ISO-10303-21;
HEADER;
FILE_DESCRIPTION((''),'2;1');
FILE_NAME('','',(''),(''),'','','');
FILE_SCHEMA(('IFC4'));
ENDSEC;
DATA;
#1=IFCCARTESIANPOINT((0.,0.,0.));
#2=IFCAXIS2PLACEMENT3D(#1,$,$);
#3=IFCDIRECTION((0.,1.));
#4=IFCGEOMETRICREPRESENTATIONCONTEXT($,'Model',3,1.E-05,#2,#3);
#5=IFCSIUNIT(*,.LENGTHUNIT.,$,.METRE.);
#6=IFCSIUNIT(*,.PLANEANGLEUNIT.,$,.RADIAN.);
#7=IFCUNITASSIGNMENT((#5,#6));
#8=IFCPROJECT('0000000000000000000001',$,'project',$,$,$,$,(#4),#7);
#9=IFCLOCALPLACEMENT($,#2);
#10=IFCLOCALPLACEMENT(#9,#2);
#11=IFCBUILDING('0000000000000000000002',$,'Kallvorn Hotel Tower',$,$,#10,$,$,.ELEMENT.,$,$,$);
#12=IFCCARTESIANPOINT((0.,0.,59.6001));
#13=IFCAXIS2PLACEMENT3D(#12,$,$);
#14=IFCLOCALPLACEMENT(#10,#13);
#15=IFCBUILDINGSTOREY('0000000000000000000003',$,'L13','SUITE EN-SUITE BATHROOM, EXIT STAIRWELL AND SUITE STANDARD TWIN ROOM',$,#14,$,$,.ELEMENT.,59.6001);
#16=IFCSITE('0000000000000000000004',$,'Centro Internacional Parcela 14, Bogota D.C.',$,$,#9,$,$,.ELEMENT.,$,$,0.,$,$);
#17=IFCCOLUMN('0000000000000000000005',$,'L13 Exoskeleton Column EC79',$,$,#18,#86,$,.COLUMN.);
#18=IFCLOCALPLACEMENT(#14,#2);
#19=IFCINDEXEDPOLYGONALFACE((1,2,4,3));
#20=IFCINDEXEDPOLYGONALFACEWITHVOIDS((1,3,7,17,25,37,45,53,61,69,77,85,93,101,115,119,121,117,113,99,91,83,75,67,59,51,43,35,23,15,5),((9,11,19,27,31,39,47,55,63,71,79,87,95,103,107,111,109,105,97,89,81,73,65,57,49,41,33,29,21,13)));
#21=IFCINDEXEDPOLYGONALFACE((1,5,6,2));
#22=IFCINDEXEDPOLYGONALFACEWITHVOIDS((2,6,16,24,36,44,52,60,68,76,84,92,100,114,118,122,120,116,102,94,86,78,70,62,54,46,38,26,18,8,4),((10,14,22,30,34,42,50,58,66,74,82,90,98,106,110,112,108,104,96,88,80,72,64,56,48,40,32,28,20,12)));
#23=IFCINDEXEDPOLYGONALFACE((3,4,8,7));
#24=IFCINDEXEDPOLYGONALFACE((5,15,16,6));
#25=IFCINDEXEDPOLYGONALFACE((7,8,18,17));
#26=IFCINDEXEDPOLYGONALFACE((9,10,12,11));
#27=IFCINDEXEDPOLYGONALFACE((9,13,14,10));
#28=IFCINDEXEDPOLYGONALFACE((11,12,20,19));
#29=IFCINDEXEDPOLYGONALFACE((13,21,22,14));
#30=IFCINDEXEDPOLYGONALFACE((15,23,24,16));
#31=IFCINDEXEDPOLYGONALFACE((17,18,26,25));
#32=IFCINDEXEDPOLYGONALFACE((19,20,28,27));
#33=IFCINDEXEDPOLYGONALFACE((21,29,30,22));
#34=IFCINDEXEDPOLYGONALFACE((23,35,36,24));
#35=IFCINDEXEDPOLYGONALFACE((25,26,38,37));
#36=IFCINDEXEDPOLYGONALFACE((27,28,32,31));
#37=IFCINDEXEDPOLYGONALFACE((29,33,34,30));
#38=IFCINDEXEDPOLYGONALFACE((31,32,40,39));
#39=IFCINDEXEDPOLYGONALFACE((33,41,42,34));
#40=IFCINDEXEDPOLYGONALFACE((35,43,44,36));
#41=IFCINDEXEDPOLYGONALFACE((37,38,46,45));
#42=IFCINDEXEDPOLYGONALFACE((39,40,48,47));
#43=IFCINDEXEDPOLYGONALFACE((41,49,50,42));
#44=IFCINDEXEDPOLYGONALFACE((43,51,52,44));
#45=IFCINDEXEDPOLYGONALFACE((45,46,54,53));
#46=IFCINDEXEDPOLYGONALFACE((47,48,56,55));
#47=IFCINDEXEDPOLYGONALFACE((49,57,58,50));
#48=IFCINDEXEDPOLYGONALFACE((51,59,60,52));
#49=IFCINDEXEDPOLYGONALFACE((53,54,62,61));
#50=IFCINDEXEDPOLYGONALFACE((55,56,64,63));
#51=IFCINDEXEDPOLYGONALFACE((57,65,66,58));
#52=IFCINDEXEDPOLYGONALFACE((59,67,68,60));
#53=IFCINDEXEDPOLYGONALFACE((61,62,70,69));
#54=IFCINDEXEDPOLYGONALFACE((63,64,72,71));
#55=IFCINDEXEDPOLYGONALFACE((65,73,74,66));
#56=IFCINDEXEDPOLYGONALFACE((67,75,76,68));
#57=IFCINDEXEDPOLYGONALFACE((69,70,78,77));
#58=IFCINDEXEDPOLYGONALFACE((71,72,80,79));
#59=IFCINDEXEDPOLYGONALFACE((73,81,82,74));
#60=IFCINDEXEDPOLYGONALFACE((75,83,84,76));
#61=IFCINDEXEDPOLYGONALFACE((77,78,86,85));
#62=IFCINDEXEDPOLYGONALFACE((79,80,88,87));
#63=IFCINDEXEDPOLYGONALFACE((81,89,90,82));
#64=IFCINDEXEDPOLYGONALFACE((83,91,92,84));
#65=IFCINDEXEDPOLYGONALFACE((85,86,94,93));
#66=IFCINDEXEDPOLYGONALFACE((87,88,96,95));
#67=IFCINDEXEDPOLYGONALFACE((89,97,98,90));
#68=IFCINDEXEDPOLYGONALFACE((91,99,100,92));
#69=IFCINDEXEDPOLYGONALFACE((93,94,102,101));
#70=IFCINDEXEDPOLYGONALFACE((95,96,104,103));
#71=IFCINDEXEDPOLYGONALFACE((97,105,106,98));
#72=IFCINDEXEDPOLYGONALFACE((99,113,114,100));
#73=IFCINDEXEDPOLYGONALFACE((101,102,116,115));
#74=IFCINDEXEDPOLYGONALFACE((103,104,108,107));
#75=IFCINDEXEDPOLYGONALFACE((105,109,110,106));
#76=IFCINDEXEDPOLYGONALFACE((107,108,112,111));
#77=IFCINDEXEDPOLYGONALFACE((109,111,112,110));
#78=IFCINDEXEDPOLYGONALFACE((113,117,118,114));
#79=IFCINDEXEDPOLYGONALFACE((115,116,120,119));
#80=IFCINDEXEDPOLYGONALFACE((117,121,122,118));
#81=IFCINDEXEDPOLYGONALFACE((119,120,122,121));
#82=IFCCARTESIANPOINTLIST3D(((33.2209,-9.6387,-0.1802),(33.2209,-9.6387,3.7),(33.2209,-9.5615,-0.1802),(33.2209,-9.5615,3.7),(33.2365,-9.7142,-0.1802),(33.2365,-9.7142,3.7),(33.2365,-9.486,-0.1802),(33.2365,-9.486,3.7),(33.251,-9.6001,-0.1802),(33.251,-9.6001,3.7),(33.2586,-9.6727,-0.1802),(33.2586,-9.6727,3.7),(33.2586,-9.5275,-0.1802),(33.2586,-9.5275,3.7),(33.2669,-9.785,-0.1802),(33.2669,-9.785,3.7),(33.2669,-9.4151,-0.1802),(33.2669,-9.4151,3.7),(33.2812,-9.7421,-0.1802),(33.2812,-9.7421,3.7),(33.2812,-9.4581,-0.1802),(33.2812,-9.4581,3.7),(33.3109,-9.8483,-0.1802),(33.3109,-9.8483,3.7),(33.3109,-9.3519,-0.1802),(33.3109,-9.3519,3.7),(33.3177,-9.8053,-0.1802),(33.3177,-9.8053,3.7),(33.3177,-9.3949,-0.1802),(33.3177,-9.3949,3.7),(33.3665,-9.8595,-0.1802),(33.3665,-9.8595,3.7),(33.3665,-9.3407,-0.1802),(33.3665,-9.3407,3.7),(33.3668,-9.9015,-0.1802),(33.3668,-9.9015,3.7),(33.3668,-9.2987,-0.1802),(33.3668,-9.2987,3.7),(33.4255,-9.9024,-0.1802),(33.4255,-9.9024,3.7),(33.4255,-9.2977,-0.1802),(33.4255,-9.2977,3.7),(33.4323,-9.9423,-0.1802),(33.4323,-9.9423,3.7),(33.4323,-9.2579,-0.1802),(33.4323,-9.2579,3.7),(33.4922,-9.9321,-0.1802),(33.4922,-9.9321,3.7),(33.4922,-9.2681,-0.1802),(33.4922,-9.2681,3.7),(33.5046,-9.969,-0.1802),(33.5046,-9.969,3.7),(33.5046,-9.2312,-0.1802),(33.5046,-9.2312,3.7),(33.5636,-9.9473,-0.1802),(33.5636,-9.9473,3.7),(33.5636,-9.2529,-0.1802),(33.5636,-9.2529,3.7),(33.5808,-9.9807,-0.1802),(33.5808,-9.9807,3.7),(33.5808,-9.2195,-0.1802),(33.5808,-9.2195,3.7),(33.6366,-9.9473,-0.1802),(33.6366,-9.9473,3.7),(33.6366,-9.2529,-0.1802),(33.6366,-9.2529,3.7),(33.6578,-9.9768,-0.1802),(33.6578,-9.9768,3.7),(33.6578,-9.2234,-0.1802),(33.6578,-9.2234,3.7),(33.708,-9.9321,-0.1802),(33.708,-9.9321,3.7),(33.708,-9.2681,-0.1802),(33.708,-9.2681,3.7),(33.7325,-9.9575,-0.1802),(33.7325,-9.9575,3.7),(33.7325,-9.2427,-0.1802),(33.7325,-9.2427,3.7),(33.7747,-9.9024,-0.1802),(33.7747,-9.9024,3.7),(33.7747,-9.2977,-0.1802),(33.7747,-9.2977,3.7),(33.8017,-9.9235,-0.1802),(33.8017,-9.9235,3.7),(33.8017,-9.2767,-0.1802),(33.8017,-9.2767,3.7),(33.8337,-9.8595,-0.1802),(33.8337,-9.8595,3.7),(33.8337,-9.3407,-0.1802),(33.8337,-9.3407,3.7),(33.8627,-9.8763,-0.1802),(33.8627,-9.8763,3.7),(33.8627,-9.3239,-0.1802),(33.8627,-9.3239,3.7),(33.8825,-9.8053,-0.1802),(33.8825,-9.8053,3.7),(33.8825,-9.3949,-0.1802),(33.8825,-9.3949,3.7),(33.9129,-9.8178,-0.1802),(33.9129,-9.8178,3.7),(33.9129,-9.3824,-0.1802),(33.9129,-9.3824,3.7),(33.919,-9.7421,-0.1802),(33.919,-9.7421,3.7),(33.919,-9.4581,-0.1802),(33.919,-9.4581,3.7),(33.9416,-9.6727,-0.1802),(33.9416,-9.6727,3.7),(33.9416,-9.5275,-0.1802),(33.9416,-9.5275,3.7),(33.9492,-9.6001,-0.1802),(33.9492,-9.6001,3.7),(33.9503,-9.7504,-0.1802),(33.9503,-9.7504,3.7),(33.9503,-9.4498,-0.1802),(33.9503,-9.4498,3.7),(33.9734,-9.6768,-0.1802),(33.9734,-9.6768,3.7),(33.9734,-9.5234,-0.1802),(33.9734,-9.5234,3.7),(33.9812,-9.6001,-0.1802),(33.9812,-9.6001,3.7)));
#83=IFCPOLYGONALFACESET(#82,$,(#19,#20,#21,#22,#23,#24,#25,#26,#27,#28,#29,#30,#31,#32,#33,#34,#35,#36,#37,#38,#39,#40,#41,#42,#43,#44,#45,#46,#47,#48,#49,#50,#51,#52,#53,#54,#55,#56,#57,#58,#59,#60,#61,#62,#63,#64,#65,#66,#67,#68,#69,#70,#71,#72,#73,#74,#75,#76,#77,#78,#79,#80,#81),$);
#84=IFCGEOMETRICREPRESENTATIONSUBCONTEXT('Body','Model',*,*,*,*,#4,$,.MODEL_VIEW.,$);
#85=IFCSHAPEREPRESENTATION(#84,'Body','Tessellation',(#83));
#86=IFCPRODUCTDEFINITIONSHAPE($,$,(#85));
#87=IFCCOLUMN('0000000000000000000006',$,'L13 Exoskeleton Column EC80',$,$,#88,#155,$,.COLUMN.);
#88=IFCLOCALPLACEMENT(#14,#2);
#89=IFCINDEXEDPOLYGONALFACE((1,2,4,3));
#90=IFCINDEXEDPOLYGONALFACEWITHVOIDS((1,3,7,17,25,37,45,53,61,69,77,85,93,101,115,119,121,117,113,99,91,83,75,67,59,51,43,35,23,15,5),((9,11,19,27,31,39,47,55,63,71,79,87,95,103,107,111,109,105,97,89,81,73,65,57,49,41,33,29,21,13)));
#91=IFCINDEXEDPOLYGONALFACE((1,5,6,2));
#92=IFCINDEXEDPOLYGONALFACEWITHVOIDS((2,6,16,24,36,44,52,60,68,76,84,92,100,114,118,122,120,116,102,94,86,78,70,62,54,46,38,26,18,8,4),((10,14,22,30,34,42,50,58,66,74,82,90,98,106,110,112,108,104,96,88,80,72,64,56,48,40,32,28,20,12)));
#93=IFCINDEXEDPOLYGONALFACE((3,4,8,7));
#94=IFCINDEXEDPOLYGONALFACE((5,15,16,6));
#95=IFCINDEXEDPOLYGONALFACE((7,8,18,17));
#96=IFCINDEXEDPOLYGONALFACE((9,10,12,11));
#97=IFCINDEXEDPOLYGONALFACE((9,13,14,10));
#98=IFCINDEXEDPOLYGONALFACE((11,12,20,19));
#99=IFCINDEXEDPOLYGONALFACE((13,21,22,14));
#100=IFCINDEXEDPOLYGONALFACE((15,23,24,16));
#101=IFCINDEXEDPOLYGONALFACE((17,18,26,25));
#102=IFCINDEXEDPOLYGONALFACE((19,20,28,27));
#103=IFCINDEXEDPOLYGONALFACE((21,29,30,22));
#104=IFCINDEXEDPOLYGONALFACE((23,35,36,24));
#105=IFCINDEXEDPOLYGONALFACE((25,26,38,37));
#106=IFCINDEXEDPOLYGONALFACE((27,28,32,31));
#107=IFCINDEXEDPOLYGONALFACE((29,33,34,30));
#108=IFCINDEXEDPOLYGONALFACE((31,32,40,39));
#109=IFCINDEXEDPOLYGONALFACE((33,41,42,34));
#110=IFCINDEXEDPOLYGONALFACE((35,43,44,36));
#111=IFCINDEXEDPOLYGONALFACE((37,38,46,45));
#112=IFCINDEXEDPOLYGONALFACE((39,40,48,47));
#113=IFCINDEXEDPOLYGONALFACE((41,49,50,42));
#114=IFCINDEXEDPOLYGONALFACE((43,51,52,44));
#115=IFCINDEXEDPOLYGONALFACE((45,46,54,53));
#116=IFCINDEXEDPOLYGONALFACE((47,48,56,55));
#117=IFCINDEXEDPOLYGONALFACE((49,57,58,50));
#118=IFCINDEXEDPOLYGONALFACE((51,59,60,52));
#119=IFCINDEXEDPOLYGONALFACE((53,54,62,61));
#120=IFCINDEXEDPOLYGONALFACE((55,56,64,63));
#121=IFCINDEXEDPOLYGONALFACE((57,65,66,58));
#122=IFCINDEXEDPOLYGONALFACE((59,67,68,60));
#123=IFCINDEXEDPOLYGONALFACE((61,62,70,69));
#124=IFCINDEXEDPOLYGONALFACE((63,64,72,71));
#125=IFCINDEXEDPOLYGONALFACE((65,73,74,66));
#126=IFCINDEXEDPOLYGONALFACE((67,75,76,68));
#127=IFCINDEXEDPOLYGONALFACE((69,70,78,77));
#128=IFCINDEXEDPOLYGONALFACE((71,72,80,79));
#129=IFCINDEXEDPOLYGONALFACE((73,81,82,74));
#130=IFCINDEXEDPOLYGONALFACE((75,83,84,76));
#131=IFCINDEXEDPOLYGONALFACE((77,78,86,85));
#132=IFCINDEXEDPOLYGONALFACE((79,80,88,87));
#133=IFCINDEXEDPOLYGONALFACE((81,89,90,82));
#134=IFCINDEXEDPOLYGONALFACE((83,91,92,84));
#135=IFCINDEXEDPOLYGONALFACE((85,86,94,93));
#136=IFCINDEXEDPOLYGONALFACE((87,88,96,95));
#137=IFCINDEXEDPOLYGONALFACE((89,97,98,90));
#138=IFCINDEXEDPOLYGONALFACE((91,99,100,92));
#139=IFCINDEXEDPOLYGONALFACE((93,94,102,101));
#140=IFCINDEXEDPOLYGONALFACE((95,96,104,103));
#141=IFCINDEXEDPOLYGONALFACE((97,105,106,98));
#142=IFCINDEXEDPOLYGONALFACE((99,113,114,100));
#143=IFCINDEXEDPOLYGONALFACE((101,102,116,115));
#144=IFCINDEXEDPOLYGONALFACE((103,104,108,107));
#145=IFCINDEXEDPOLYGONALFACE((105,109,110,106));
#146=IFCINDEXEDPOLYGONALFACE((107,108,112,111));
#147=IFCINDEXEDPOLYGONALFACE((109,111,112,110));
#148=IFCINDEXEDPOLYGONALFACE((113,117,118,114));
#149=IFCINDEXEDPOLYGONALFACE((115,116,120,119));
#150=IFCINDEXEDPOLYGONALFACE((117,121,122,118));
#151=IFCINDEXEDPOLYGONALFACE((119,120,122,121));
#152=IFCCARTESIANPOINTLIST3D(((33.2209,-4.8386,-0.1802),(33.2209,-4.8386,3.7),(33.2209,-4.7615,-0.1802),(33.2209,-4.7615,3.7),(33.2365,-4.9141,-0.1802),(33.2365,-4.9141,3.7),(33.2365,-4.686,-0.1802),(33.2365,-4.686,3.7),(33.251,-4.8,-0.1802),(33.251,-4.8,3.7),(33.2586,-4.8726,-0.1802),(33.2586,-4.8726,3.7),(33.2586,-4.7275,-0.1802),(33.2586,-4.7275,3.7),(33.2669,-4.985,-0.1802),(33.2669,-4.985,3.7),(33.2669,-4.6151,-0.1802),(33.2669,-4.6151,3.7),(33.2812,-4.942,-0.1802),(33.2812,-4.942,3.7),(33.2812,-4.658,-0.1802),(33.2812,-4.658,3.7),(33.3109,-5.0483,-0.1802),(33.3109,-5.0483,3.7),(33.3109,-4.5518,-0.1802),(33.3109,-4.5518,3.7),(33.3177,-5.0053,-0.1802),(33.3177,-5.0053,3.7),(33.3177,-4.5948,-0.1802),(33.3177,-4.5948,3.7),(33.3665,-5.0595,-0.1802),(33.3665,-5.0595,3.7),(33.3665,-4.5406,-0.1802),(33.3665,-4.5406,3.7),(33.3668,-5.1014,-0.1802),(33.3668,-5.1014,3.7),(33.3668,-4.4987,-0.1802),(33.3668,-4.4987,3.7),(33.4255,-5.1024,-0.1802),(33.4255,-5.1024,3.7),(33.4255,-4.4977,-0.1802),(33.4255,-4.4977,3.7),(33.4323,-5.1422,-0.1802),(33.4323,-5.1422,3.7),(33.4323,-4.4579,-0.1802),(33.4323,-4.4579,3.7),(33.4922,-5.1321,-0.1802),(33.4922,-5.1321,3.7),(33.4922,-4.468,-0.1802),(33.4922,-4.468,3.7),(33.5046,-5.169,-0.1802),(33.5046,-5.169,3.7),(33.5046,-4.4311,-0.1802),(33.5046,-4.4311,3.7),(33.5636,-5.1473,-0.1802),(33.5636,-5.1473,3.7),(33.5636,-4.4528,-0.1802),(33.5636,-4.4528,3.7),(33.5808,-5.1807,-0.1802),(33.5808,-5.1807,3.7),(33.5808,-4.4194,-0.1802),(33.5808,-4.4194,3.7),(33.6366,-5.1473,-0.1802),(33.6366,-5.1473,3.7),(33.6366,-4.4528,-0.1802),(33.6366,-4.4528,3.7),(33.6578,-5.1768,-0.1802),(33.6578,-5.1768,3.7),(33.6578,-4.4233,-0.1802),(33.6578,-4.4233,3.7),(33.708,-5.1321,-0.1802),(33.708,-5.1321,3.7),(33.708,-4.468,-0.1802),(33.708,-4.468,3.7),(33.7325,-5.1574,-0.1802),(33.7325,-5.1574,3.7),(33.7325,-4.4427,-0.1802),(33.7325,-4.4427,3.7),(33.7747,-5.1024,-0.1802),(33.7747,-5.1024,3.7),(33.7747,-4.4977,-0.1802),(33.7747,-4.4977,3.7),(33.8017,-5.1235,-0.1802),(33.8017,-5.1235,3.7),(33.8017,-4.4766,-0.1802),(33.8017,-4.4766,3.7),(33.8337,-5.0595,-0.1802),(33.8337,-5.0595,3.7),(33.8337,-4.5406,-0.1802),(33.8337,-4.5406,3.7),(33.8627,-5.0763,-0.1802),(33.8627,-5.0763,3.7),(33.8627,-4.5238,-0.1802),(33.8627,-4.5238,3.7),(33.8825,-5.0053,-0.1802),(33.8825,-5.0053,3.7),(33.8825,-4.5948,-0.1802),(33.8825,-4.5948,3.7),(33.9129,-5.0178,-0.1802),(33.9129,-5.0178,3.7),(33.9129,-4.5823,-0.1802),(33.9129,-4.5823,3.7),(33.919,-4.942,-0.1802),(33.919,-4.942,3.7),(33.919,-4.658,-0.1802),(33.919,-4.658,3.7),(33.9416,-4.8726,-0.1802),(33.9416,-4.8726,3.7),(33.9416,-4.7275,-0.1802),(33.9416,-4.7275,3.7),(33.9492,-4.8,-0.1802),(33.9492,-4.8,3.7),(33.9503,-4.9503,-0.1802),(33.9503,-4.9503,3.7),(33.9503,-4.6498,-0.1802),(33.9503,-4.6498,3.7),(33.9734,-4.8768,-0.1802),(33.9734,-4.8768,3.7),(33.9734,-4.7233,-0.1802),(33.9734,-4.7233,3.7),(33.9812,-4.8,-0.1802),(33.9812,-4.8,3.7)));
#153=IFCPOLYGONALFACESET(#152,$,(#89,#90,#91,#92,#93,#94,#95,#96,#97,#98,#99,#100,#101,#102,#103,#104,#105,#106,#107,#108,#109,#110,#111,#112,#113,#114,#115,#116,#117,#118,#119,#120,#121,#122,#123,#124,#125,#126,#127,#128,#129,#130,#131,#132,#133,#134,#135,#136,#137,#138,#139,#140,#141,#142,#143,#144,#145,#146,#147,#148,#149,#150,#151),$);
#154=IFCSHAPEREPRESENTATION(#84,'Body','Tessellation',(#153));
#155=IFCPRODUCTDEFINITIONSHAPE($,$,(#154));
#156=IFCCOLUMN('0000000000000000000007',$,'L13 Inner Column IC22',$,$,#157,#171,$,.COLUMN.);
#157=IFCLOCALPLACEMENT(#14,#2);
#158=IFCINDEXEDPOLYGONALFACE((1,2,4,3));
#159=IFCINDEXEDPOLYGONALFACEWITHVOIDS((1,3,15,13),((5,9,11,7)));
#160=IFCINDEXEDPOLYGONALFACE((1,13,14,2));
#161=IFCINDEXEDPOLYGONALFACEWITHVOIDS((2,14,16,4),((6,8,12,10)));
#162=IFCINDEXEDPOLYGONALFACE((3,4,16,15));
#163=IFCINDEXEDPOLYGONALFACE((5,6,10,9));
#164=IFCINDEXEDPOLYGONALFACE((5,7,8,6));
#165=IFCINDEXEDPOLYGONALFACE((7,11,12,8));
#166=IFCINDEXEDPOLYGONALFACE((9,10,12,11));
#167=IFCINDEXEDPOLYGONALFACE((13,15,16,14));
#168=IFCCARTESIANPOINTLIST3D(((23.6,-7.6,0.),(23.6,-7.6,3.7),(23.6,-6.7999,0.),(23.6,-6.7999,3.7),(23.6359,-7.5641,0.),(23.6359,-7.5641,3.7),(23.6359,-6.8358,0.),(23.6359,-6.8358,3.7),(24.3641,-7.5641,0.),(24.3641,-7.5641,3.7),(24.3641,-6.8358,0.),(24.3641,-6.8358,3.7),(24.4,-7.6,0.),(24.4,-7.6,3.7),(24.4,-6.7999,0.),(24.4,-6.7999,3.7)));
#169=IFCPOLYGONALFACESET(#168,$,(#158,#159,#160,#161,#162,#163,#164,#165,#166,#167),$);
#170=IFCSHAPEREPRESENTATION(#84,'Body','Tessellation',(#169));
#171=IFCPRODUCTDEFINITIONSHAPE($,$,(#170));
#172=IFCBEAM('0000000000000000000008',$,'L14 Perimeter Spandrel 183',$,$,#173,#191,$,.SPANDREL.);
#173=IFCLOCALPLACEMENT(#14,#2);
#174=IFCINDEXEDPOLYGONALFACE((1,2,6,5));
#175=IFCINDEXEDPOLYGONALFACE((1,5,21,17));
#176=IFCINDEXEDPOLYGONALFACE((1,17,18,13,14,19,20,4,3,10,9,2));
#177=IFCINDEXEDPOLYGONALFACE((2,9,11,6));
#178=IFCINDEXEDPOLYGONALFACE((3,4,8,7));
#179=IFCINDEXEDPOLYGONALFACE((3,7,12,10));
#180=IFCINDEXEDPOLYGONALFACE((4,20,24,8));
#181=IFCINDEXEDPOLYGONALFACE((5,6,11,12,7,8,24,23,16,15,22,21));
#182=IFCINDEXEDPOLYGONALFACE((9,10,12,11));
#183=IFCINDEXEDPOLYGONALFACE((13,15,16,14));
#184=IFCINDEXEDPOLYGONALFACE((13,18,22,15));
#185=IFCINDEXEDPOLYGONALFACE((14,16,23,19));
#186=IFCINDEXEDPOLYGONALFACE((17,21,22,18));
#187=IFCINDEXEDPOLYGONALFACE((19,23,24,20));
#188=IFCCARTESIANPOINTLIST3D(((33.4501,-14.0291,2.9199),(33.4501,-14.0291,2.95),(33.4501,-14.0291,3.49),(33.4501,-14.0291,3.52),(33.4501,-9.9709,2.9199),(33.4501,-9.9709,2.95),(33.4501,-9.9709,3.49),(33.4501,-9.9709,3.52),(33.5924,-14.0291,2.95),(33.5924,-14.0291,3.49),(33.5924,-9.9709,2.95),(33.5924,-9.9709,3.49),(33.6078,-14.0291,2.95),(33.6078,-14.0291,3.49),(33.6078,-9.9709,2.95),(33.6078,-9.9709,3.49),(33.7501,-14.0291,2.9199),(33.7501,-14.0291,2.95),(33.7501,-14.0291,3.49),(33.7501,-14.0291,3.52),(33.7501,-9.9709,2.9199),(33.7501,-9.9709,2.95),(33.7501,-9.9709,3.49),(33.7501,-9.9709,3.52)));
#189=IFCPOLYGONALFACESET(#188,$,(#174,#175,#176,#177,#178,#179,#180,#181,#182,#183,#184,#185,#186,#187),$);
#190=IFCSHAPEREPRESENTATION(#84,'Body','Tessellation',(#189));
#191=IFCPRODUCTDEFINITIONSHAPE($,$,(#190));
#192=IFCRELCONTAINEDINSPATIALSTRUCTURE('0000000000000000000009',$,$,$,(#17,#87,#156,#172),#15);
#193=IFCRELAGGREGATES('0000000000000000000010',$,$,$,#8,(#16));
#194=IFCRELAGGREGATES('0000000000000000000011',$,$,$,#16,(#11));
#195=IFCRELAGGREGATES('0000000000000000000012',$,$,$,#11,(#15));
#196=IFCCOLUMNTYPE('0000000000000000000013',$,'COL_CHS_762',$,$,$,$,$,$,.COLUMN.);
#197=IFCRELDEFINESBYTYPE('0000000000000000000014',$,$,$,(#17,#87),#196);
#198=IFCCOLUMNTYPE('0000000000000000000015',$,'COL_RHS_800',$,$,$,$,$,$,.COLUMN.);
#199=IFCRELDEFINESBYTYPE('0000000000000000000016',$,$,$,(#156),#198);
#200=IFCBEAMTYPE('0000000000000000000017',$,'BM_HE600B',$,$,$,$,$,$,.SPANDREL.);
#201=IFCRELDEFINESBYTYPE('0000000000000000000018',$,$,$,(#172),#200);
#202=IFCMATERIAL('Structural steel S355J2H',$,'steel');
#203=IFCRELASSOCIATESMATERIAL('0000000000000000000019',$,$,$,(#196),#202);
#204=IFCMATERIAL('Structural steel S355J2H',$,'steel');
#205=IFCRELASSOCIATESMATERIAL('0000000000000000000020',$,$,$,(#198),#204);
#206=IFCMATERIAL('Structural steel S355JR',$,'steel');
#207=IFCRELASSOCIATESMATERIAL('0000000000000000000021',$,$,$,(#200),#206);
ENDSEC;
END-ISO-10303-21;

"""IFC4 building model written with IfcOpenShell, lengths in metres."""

from ifc_helpers import new_model, si_unit, direction, frame, origin, origin_2d, place, context, subcontext, project, spatial, hollow_rectangle, hollow_circle, i_section, extrude, material, material_profile, profile_set, type_object, element, save


model = new_model("IFC4")

# Units and contexts
model_context = context("Model", 3, precision=1e-05, world=origin(), true_north=direction((0.0, 1.0)))
body_context = subcontext(model_context, "Body", "Model", "MODEL_VIEW")
ifc_project = project(units=[si_unit("LENGTHUNIT", "METRE"), si_unit("PLANEANGLEUNIT", "RADIAN")], contexts=[model_context])

# Site, building, storey
site_placement = place(None, origin())
site = spatial("IfcSite", under=ifc_project, at=site_placement, Name="Centro Internacional Parcela 14, Bogota D.C.", CompositionType="ELEMENT", RefElevation=0.0)
building_placement = place(site_placement, origin())
building = spatial("IfcBuilding", under=site, at=building_placement, Name="Kallvorn Hotel Tower", CompositionType="ELEMENT")
storey_placement = place(building_placement, frame((0.0, 0.0, 59.6001)))
storey = spatial("IfcBuildingStorey", under=building, at=storey_placement, Name="L13", Description="SUITE EN-SUITE BATHROOM, EXIT STAIRWELL AND SUITE STANDARD TWIN ROOM", CompositionType="ELEMENT", Elevation=59.6001)

# Columns
ifc_material_1 = material(Name="Structural steel S355J2H", Category="steel")
ifc_material_profile_1 = material_profile(ifc_material_1, hollow_circle(Radius=0.3811, WallThickness=0.032, at=origin_2d()), Name="CHS 762x32")
ifc_profile_set_1 = profile_set([ifc_material_profile_1], Name="Structural steel S355J2H")
column_type_1 = type_object("IfcColumnType", Name="COL_CHS_762", PredefinedType="COLUMN", material=ifc_profile_set_1)
for number, where, z_axis, x_axis, name in (
    (1, (33.6001, -9.6001, -0.1802), (0.0, 0.0, 1.0), (1.0, 0.0, 0.0), "L13 Exoskeleton Column EC79"),
    (2, (33.6001, -4.8, -0.1802), (0.0, 0.0, 1.0), (1.0, 0.0, 0.0), "L13 Exoskeleton Column EC80"),
):
    element("IfcColumn", number, at=place(storey_placement, frame(where, z_axis=z_axis, x_axis=x_axis)), inside=storey, type_object=column_type_1, Name=name, PredefinedType="COLUMN", context=body_context, shape_type="SweptSolid", body=[
        extrude(hollow_circle(Radius=0.3811, WallThickness=0.032, at=origin_2d()), origin(), (0.0, 0.0, 1.0), 3.8801),
    ])
ifc_material_2 = material(Name="Structural steel S355J2H", Category="steel")
ifc_material_profile_2 = material_profile(ifc_material_2, hollow_rectangle(XDim=0.8, YDim=0.8, WallThickness=0.0359, at=origin_2d()), Name="RHS 800x800x36")
ifc_profile_set_2 = profile_set([ifc_material_profile_2], Name="Structural steel S355J2H")
column_type_2 = type_object("IfcColumnType", Name="COL_RHS_800", PredefinedType="COLUMN", material=ifc_profile_set_2)
column_placement = place(storey_placement, frame((24.0, -7.2, 0.0), z_axis=(0.0, 0.0, 1.0), x_axis=(1.0, 0.0, 0.0)))
element("IfcColumn", 3, at=column_placement, inside=storey, type_object=column_type_2, Name="L13 Inner Column IC22", PredefinedType="COLUMN", context=body_context, shape_type="SweptSolid", body=[
    extrude(hollow_rectangle(XDim=0.8, YDim=0.8, WallThickness=0.0359, at=origin_2d()), origin(), (0.0, 0.0, 1.0), 3.7),
])

# Beam
ifc_material_3 = material(Name="Structural steel S355JR", Category="steel")
ifc_material_profile_3 = material_profile(ifc_material_3, i_section(OverallWidth=0.3, OverallDepth=0.6001, WebThickness=0.0154, FlangeThickness=0.03, at=origin_2d()), Name="HE 600 B")
ifc_profile_set_3 = profile_set([ifc_material_profile_3], Name="Structural steel S355JR")
beam_type_1 = type_object("IfcBeamType", Name="BM_HE600B", PredefinedType="SPANDREL", material=ifc_profile_set_3)
for number, where, z_axis, x_axis, name in (
    (4, (33.6001, -14.0291, 3.22), (0.0, 1.0, 0.0), (-1.0, 0.0, 0.0), "L14 Perimeter Spandrel 183"),
):
    element("IfcBeam", number, at=place(storey_placement, frame(where, z_axis=z_axis, x_axis=x_axis)), inside=storey, type_object=beam_type_1, Name=name, PredefinedType="SPANDREL", context=body_context, shape_type="SweptSolid", body=[
        extrude(i_section(OverallWidth=0.3, OverallDepth=0.6001, WebThickness=0.0154, FlangeThickness=0.03, at=origin_2d()), origin(), (0.0, 0.0, 1.0), 4.0581),
    ])

save(model, "model.ifc")
